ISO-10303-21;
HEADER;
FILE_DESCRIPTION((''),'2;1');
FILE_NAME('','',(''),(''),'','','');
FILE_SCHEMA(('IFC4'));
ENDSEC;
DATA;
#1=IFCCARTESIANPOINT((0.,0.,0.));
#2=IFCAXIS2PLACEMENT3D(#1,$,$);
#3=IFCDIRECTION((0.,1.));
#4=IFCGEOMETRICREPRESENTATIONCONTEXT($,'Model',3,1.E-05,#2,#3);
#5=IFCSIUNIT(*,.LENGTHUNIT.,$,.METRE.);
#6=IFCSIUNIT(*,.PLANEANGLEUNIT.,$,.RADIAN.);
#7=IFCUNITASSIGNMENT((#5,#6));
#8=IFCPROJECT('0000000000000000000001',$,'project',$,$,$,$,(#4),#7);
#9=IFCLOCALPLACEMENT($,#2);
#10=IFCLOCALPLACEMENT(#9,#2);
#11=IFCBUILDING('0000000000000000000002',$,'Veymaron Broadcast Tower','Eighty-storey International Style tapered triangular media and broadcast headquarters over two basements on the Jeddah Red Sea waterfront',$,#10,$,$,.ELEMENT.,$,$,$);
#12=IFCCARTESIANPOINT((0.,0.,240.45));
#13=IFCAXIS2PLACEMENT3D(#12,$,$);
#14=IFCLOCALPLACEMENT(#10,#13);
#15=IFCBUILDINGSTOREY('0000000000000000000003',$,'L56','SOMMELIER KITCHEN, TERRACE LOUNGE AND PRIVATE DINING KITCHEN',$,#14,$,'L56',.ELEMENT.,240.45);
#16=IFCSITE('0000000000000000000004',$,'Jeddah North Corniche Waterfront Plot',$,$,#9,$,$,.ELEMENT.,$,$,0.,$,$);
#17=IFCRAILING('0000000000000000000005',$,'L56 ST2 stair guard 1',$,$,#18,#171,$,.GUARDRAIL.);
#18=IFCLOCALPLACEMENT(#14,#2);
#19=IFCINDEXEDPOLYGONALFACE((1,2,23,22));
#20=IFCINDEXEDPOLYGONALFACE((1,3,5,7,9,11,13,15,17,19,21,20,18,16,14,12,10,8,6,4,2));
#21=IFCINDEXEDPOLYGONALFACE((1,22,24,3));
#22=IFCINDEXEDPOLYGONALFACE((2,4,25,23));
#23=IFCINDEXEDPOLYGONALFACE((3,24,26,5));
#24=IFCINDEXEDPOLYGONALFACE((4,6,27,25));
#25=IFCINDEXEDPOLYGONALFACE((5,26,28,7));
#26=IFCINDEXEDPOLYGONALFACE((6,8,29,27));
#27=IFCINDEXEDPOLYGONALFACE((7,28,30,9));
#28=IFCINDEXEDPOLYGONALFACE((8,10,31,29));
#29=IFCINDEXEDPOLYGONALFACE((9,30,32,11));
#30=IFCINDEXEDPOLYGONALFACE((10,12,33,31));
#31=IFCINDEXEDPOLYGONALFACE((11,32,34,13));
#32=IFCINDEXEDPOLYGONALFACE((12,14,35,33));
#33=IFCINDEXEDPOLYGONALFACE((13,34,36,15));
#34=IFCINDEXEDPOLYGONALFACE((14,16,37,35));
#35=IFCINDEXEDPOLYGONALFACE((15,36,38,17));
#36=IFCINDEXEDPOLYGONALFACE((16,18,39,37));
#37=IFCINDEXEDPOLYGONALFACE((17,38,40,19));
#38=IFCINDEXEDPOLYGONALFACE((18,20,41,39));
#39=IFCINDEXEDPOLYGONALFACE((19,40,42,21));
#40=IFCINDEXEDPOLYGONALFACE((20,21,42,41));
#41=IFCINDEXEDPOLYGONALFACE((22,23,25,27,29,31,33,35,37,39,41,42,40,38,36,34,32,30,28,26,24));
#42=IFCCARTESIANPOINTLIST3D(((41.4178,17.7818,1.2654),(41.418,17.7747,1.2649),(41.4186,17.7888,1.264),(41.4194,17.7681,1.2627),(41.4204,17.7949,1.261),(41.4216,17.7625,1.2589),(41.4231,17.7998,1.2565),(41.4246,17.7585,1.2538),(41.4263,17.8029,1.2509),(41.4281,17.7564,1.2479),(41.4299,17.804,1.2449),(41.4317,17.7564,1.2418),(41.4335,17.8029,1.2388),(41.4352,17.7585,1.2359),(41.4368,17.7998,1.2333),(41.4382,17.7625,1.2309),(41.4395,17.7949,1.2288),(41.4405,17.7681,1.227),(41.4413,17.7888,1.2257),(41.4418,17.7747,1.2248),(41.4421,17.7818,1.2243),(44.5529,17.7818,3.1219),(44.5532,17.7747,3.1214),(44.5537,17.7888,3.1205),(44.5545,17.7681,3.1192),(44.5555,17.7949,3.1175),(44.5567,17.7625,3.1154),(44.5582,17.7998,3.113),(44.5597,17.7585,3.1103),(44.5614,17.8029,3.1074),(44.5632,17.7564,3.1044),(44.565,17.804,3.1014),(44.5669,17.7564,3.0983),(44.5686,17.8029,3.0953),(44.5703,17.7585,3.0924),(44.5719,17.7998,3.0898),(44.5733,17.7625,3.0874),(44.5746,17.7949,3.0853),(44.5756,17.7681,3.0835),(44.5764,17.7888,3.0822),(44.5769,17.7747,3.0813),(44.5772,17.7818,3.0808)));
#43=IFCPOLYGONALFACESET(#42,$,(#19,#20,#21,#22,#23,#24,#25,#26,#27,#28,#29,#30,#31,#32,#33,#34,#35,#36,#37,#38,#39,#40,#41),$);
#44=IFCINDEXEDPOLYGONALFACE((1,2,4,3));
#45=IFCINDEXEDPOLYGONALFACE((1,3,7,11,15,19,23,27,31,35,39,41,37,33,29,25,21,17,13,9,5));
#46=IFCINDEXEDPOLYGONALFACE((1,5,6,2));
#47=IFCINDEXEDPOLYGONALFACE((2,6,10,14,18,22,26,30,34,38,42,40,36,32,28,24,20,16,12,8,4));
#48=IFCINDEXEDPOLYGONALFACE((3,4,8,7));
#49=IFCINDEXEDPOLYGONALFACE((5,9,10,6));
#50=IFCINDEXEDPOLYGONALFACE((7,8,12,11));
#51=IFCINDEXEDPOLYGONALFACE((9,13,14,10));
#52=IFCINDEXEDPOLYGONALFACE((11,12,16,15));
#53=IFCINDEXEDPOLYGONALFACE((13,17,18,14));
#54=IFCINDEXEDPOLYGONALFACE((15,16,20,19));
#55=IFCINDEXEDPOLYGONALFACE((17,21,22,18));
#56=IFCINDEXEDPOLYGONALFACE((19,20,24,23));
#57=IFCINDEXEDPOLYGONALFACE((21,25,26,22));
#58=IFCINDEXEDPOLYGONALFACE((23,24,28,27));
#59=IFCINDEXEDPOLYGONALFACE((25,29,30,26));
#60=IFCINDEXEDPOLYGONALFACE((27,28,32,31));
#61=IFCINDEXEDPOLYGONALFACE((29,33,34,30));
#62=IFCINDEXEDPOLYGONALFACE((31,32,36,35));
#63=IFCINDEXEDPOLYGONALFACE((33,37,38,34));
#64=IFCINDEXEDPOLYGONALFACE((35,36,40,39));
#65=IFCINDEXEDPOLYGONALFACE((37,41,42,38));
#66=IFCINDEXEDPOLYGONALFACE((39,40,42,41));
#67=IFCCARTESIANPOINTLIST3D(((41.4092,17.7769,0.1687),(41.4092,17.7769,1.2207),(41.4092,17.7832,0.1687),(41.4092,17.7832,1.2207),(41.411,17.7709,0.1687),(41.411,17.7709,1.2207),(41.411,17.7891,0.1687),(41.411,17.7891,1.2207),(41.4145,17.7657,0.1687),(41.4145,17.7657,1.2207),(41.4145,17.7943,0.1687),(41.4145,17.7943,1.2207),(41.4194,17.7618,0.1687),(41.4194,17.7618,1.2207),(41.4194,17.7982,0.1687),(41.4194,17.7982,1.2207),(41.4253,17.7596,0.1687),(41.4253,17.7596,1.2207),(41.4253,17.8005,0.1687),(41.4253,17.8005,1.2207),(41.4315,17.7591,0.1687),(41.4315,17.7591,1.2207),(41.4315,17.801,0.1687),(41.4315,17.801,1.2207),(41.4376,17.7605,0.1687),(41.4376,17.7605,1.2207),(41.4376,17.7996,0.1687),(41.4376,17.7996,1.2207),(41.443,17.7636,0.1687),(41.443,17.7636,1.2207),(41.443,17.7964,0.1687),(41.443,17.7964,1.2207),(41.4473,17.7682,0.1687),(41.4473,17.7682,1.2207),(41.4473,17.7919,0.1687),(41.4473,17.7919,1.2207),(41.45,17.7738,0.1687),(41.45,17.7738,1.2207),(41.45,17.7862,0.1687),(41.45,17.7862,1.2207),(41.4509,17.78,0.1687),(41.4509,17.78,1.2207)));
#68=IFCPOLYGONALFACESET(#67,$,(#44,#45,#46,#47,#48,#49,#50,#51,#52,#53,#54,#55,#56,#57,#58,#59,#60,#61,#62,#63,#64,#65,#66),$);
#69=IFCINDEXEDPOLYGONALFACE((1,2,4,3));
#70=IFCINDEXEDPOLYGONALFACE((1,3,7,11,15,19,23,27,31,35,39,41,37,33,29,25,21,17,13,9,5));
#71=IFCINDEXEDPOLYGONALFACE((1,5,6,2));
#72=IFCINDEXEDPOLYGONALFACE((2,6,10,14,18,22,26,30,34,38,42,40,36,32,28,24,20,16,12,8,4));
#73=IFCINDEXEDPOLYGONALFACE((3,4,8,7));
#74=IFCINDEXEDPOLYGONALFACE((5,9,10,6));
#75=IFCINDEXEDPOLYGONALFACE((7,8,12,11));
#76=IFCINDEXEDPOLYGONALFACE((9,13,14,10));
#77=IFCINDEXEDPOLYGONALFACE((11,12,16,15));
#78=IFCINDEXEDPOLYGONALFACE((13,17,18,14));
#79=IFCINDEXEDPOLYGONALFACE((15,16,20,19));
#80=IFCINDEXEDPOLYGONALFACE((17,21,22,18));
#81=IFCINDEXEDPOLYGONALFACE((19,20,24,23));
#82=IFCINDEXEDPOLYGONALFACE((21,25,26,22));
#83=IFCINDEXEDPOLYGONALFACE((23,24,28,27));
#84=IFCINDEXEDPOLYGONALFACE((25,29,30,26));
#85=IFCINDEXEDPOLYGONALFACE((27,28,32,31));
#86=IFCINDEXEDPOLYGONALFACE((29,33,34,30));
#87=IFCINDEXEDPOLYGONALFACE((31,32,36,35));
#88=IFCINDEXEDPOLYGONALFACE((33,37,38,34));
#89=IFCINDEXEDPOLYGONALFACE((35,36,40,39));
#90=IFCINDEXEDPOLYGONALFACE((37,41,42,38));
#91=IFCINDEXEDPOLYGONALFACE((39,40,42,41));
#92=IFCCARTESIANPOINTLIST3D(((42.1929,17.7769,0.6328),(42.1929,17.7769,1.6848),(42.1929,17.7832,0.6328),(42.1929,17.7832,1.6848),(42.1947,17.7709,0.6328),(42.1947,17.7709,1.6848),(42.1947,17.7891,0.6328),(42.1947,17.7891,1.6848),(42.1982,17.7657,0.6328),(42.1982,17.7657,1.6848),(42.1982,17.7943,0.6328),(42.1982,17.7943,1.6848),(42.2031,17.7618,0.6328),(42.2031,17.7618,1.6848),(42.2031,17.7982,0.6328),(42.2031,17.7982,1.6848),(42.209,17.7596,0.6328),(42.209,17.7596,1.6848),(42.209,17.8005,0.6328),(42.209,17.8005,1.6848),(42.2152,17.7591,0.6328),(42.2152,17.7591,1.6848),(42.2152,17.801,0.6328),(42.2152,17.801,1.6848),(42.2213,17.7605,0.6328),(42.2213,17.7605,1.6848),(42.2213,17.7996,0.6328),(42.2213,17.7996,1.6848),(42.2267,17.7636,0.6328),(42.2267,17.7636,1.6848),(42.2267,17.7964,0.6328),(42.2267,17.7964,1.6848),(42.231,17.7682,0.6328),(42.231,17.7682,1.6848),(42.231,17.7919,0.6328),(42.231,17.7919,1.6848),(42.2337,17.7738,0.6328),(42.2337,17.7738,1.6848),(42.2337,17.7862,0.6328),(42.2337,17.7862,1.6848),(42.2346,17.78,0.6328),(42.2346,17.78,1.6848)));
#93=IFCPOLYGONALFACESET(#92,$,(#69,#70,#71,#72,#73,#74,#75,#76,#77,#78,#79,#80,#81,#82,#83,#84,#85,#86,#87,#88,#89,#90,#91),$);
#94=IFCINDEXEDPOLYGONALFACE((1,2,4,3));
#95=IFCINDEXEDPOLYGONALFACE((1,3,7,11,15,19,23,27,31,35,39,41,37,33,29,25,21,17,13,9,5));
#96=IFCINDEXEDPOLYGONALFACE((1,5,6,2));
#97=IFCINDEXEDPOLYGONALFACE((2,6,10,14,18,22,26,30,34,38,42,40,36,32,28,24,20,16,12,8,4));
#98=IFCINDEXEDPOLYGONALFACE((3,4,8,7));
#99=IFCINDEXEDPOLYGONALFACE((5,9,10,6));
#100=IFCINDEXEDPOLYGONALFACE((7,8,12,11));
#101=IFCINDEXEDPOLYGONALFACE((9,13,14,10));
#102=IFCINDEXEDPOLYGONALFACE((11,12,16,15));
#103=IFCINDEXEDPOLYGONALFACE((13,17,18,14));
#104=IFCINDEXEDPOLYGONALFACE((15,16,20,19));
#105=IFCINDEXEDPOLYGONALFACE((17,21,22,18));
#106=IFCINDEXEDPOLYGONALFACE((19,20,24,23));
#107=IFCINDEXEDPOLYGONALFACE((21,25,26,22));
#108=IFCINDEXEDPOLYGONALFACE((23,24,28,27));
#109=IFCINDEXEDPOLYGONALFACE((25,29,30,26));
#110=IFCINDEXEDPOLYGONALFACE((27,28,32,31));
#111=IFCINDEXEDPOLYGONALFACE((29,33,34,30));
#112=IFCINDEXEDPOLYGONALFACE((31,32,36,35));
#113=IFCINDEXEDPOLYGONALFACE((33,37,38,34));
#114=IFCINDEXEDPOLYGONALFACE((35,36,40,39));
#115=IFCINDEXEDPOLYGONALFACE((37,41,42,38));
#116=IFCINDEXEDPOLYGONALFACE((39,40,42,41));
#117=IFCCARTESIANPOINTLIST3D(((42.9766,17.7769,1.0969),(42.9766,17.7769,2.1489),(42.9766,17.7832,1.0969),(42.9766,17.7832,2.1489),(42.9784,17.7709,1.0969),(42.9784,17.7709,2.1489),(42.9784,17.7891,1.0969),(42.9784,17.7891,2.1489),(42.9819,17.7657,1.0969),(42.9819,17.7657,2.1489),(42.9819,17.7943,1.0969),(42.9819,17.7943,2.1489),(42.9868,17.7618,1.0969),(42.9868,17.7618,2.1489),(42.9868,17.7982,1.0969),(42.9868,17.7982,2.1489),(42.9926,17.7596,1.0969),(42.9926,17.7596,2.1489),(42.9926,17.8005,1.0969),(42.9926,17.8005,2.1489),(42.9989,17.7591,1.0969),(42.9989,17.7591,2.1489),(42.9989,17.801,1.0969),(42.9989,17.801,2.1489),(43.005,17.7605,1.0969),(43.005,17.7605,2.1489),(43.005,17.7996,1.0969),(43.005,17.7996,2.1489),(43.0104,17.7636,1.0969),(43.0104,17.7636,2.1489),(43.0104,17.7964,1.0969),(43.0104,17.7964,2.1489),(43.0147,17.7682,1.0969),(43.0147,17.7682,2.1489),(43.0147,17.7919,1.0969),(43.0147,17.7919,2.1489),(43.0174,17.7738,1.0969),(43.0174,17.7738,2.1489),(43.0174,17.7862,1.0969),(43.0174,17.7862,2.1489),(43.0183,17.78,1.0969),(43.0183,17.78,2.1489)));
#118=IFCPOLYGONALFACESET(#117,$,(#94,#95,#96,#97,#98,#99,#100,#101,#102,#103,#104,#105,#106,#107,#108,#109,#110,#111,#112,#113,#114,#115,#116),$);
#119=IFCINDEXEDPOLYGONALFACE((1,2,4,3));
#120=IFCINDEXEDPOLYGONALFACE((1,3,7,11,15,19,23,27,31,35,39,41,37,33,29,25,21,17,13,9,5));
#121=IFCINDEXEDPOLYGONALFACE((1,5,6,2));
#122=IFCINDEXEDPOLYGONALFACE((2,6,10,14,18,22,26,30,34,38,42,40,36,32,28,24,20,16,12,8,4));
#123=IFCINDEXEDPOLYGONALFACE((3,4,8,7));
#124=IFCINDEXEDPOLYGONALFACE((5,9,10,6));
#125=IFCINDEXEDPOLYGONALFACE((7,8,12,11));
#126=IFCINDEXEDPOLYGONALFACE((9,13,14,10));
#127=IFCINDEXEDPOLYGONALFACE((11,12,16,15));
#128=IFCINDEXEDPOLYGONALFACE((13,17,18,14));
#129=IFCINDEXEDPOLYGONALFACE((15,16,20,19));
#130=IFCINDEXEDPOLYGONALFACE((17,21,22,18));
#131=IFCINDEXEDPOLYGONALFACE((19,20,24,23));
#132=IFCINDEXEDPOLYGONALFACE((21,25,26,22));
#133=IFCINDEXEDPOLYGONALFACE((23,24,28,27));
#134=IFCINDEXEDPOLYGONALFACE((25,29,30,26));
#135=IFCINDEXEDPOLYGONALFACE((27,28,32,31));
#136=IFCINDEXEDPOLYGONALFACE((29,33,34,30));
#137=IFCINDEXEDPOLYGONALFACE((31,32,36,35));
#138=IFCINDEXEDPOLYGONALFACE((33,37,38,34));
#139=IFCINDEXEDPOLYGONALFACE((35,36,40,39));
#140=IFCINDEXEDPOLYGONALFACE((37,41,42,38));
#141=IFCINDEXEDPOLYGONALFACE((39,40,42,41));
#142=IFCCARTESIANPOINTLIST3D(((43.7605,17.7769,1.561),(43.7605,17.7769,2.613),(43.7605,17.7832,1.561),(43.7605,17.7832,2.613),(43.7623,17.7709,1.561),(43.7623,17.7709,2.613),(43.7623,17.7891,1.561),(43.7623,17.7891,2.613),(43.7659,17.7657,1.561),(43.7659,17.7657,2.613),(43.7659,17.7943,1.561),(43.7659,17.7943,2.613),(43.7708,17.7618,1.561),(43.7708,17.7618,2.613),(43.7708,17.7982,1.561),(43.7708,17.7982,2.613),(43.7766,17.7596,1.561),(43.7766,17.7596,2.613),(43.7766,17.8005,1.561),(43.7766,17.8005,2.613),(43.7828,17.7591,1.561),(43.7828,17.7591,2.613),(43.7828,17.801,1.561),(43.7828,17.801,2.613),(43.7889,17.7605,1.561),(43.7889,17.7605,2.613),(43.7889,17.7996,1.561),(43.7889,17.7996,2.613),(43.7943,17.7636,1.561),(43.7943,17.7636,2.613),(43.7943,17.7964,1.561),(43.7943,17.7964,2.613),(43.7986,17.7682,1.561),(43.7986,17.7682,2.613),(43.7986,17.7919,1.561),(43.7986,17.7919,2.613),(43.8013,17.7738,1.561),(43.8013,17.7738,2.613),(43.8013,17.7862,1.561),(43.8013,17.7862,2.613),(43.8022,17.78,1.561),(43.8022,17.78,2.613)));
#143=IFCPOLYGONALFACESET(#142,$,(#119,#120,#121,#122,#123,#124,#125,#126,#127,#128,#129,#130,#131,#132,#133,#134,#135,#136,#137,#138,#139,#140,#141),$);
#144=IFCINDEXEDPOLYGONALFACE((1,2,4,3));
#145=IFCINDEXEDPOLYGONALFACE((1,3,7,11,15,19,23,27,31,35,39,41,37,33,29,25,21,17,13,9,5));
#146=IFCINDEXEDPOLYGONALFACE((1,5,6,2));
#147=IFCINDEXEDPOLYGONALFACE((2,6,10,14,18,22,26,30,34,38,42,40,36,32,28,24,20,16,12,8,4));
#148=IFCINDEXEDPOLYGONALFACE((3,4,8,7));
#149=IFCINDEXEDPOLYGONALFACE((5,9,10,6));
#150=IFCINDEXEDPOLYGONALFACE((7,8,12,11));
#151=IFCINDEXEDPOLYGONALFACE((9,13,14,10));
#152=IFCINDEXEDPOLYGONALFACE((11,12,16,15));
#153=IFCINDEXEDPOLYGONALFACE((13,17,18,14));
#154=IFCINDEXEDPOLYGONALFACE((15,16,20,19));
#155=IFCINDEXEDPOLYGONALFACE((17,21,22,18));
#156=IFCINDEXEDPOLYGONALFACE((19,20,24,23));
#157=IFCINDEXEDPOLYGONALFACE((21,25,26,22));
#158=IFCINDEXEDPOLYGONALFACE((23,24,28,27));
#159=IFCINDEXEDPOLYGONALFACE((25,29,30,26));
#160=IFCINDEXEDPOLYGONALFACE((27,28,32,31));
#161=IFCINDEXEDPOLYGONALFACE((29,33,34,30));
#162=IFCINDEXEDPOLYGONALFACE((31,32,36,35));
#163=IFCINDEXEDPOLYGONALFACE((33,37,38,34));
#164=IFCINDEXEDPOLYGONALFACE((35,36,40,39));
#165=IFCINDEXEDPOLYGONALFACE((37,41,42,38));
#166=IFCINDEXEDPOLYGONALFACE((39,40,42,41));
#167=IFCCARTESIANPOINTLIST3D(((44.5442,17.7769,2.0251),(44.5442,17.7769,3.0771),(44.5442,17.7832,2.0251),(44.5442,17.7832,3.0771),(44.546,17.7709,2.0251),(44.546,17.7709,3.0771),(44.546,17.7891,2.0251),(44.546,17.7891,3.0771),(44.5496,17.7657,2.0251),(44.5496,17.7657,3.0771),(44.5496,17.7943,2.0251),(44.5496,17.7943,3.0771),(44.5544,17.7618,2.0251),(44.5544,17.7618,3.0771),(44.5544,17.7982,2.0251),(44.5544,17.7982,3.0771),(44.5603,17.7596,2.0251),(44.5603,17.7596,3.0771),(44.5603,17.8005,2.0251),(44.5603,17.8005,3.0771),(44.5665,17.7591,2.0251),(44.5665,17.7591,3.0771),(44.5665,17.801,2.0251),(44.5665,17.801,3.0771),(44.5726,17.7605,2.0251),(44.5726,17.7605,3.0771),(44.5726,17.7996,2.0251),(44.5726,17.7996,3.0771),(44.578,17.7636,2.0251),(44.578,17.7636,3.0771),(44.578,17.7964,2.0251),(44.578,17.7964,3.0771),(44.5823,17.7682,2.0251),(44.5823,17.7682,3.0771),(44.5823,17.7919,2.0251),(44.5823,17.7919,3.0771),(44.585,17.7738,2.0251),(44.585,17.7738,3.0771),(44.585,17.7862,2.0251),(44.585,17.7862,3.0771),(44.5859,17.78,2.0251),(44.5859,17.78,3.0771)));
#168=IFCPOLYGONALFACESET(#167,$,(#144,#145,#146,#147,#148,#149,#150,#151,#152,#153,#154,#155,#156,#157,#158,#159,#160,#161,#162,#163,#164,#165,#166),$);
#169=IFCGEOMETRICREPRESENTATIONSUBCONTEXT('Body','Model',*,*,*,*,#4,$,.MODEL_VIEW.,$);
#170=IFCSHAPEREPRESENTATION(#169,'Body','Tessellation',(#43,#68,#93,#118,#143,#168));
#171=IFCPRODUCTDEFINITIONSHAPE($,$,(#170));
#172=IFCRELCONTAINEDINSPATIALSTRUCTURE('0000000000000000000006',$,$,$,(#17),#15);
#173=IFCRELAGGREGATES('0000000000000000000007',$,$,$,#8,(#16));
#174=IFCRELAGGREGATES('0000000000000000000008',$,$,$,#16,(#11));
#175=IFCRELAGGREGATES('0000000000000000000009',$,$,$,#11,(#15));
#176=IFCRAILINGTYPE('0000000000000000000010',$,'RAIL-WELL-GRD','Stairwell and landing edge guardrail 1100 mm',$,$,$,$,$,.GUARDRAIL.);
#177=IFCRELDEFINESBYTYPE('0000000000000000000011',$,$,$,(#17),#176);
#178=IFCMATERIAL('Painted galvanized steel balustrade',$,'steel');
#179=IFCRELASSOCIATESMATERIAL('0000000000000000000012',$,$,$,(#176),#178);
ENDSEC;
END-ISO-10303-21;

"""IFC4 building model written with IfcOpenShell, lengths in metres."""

from ifc_helpers import new_model, si_unit, direction, frame, origin, origin_2d, place, context, subcontext, project, spatial, circle, extrude, material, type_object, element, save


model = new_model("IFC4")

# Units and contexts
model_context = context("Model", 3, precision=1e-05, world=origin(), true_north=direction((0.0, 1.0)))
body_context = subcontext(model_context, "Body", "Model", "MODEL_VIEW")
ifc_project = project(units=[si_unit("LENGTHUNIT", "METRE"), si_unit("PLANEANGLEUNIT", "RADIAN")], contexts=[model_context])

# Site, building, storey
site_placement = place(None, origin())
site = spatial("IfcSite", under=ifc_project, at=site_placement, Name="Jeddah North Corniche Waterfront Plot", CompositionType="ELEMENT", RefElevation=0.0)
building_placement = place(site_placement, origin())
building = spatial("IfcBuilding", under=site, at=building_placement, Name="Veymaron Broadcast Tower", Description="Eighty-storey International Style tapered triangular media and broadcast headquarters over two basements on the Jeddah Red Sea waterfront", CompositionType="ELEMENT")
storey_placement = place(building_placement, frame((0.0, 0.0, 240.45)))
storey = spatial("IfcBuildingStorey", under=building, at=storey_placement, Name="L56", Description="SOMMELIER KITCHEN, TERRACE LOUNGE AND PRIVATE DINING KITCHEN", LongName="L56", CompositionType="ELEMENT", Elevation=240.45)

# Railing
ifc_material_1 = material(Name="Painted galvanized steel balustrade", Category="steel")
railing_type_1 = type_object("IfcRailingType", Name="RAIL-WELL-GRD", Description="Stairwell and landing edge guardrail 1100 mm", PredefinedType="GUARDRAIL", material=ifc_material_1)
railing_1_placement = place(storey_placement, frame((41.4299, 17.78, 0.1687)))
element("IfcRailing", 1, at=railing_1_placement, inside=storey, type_object=railing_type_1, Name="L56 ST2 stair guard 1", PredefinedType="GUARDRAIL", context=body_context, shape_type="SweptSolid", body=[
    extrude(circle(Radius=0.0239, at=origin_2d()), frame((0.0, 0.0, 1.0762), z_axis=(0.860453, 0.0, 0.509531), x_axis=(0.0, 1.0, 0.0)), (0.0, 0.0, 1.0), 3.6436),
    extrude(circle(Radius=0.021, at=origin_2d()), origin(), (0.0, 0.0, 1.0), 1.052),
    extrude(circle(Radius=0.021, at=origin_2d()), frame((0.7837, 0.0, 0.4641)), (0.0, 0.0, 1.0), 1.052),
    extrude(circle(Radius=0.021, at=origin_2d()), frame((1.5674, 0.0, 0.9282)), (0.0, 0.0, 1.0), 1.052),
    extrude(circle(Radius=0.021, at=origin_2d()), frame((2.3513, 0.0, 1.3923)), (0.0, 0.0, 1.0), 1.052),
    extrude(circle(Radius=0.021, at=origin_2d()), frame((3.135, 0.0, 1.8564)), (0.0, 0.0, 1.0), 1.052),
])

save(model, "model.ifc")
